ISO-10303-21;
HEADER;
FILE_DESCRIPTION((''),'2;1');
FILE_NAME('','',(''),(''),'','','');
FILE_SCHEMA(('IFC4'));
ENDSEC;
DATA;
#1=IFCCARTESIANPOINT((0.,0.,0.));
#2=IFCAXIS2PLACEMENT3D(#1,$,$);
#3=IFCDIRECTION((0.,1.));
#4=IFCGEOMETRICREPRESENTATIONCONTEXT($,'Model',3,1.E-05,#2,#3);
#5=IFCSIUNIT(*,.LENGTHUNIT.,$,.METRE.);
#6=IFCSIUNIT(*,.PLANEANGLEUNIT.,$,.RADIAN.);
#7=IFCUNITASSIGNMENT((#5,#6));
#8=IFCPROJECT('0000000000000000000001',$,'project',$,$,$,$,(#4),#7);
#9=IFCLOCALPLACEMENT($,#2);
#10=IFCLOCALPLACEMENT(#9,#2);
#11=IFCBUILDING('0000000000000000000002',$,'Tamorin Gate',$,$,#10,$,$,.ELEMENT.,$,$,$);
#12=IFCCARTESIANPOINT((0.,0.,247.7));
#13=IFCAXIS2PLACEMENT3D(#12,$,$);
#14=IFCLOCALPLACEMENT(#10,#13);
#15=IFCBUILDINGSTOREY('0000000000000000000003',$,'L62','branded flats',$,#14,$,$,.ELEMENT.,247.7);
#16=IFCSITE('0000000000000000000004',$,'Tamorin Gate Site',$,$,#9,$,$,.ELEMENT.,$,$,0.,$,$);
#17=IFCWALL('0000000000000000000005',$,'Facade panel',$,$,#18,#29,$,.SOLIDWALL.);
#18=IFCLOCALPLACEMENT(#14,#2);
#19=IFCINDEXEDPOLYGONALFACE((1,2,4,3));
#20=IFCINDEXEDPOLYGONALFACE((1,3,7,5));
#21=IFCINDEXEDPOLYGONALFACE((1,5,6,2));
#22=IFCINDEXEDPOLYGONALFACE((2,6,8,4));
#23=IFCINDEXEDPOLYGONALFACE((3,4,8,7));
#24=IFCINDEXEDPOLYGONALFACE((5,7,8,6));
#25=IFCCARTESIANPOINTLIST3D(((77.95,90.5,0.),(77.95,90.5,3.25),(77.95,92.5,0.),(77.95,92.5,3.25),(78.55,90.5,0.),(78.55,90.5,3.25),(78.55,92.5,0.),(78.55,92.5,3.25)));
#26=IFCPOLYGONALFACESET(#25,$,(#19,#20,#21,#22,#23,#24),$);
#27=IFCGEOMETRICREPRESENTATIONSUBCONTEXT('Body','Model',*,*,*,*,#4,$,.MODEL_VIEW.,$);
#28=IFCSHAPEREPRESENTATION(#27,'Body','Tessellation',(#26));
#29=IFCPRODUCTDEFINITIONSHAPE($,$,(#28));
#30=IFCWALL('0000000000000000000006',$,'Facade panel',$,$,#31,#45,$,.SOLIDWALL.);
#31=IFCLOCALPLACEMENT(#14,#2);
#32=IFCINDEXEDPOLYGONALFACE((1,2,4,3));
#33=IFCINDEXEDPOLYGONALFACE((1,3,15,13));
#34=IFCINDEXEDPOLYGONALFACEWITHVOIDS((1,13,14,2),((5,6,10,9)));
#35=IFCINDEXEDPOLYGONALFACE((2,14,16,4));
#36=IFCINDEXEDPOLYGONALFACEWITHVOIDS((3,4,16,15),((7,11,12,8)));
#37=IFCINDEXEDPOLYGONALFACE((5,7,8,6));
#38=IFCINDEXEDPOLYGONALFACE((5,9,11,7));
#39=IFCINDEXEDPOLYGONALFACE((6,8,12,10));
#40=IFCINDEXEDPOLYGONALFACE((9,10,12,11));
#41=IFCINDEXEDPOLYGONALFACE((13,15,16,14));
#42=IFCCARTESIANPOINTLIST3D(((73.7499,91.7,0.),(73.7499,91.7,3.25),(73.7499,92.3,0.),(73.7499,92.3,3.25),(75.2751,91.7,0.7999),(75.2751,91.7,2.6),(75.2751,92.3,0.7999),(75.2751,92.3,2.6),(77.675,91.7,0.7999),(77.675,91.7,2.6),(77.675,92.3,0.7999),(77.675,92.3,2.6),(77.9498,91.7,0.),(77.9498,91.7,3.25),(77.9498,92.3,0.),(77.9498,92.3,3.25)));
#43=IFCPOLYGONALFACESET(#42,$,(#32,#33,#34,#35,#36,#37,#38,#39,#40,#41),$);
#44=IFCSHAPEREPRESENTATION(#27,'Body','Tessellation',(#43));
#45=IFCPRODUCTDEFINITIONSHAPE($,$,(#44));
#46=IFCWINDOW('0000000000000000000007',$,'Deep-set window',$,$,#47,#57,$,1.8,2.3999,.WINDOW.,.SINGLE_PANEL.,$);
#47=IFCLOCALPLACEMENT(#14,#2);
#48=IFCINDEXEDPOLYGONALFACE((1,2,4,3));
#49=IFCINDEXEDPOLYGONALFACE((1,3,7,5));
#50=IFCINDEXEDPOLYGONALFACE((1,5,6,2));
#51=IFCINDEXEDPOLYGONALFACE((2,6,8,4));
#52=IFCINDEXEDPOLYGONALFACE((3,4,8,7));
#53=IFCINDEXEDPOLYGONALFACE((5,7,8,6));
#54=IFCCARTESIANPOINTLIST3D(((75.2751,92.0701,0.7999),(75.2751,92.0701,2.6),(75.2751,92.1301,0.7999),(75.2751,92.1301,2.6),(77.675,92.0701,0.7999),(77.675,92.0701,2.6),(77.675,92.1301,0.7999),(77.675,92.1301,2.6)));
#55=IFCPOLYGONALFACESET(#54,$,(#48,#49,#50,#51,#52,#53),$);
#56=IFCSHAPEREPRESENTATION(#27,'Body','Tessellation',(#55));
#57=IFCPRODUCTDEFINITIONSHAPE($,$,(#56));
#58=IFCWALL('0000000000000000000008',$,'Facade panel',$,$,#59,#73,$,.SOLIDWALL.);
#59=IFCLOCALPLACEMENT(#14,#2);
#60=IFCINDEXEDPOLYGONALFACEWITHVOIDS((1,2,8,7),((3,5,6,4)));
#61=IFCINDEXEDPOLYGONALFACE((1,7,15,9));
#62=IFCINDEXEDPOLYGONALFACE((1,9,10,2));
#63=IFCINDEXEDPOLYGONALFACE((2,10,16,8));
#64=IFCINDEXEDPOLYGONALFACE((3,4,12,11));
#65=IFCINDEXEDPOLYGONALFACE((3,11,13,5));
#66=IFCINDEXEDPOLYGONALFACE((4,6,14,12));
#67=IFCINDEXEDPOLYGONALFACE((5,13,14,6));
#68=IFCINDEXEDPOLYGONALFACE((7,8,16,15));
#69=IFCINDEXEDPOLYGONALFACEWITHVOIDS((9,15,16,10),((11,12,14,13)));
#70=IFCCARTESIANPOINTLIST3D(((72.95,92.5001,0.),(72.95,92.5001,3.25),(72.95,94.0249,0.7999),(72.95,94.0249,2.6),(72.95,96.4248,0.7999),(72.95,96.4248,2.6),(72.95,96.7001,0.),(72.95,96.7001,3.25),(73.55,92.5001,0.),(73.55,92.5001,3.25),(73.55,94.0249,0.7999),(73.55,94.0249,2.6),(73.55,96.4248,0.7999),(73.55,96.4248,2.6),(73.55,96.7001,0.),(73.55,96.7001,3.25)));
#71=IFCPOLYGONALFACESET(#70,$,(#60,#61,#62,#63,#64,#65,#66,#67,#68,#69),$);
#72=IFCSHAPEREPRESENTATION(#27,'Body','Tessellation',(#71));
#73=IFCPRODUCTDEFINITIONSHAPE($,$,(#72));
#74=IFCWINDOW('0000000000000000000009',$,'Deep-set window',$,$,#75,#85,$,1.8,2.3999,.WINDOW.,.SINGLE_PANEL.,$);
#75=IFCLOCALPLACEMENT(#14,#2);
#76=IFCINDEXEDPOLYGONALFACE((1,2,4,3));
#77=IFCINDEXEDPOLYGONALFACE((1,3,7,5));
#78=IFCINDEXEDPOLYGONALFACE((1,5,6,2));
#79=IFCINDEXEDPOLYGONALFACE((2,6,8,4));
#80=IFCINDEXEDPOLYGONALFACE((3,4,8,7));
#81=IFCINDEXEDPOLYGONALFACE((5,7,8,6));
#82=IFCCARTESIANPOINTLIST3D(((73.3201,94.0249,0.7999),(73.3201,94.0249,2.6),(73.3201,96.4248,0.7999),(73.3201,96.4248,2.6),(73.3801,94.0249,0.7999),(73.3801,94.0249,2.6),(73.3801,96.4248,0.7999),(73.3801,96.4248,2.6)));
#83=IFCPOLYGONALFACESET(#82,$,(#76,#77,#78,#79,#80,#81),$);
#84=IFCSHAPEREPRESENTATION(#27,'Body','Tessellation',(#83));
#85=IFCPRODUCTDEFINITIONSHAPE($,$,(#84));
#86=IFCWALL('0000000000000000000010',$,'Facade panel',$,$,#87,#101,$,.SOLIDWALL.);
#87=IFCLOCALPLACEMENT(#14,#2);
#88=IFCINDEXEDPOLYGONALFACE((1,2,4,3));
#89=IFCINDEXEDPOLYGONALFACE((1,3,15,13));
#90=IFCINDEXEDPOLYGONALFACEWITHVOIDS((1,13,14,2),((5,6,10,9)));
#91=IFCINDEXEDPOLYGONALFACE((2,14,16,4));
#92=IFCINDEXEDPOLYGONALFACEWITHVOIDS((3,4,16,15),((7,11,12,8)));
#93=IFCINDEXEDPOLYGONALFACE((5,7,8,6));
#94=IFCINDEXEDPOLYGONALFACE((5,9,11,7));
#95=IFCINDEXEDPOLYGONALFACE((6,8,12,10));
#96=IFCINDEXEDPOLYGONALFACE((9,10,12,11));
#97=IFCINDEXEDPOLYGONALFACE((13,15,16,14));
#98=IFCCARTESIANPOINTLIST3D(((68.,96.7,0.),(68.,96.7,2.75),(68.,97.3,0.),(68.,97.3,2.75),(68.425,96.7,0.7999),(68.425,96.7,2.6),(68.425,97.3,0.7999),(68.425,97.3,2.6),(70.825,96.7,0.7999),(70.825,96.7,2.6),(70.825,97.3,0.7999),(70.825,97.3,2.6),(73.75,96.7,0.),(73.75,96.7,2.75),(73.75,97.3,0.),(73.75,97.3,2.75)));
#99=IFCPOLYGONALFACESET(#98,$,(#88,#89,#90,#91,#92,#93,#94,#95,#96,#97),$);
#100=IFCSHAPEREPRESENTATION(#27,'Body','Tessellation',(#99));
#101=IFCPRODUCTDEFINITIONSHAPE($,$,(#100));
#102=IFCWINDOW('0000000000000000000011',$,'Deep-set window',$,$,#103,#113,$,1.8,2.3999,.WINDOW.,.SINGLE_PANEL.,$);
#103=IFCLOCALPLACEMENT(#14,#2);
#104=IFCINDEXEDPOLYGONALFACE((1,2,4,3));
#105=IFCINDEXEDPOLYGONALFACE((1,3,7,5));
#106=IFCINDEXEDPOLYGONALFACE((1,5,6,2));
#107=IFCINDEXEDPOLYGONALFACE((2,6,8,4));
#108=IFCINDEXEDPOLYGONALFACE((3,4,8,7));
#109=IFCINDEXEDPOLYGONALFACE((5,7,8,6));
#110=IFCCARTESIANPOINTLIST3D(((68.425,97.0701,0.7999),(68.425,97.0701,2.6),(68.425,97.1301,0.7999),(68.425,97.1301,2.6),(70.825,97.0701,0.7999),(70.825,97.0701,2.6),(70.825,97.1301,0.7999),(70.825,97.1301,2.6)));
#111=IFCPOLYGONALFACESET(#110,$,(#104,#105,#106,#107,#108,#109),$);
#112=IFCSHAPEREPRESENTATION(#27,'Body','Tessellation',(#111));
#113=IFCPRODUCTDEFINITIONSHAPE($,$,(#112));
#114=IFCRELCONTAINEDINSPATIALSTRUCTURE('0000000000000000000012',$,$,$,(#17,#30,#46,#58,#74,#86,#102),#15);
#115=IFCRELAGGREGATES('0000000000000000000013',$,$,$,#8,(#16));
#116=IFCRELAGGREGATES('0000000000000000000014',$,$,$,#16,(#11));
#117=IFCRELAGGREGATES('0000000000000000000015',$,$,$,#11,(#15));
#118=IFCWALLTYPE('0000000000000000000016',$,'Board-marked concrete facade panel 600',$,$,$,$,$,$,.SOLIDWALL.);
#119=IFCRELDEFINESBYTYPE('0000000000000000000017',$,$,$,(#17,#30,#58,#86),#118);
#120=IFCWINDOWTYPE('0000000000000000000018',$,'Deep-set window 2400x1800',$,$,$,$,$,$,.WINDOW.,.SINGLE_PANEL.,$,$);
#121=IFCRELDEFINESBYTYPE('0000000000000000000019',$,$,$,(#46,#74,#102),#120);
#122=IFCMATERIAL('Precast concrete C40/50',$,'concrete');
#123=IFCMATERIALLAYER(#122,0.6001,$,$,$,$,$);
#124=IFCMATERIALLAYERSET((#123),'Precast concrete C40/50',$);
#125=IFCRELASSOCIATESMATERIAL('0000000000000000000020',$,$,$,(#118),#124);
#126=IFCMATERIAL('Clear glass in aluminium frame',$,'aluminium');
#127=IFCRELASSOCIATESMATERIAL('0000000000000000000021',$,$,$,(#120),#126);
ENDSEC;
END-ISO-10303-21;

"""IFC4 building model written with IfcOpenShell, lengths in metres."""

from ifc_helpers import new_model, si_unit, direction, frame, frame_2d, origin, place, context, subcontext, project, spatial, rectangle, extrude, material, layer, layer_set, type_object, element, fill, save


model = new_model("IFC4")

# Units and contexts
model_context = context("Model", 3, precision=1e-05, world=origin(), true_north=direction((0.0, 1.0)))
body_context = subcontext(model_context, "Body", "Model", "MODEL_VIEW")
ifc_project = project(units=[si_unit("LENGTHUNIT", "METRE"), si_unit("PLANEANGLEUNIT", "RADIAN")], contexts=[model_context])

# Site, building, storey
site_placement = place(None, origin())
site = spatial("IfcSite", under=ifc_project, at=site_placement, Name="Tamorin Gate Site", CompositionType="ELEMENT", RefElevation=0.0)
building_placement = place(site_placement, origin())
building = spatial("IfcBuilding", under=site, at=building_placement, Name="Tamorin Gate", CompositionType="ELEMENT")
storey_placement = place(building_placement, frame((0.0, 0.0, 247.7)))
storey = spatial("IfcBuildingStorey", under=building, at=storey_placement, Name="L62", Description="branded flats", CompositionType="ELEMENT", Elevation=247.7)

# Shared definitions
ifc_material_1 = material(Name="Precast concrete C40/50", Category="concrete")
ifc_layer = layer(ifc_material_1, 0.6001)
ifc_layer_set = layer_set([ifc_layer], Name="Precast concrete C40/50")
wall_type = type_object("IfcWallType", Name="Board-marked concrete facade panel 600", PredefinedType="SOLIDWALL", material=ifc_layer_set)
ifc_material_2 = material(Name="Clear glass in aluminium frame", Category="aluminium")
window_type = type_object("IfcWindowType", Name="Deep-set window 2400x1800", PartitioningType="SINGLE_PANEL", PredefinedType="WINDOW", material=ifc_material_2)

# Wall
wall_1_placement = place(storey_placement, frame((78.25, 90.5, 0.0), z_axis=(0.0, 0.0, 1.0), x_axis=(0.0, 1.0, 0.0)))
element("IfcWall", 1, at=wall_1_placement, inside=storey, type_object=wall_type, Name="Facade panel", PredefinedType="SOLIDWALL", context=body_context, shape_type="SweptSolid", body=[
    extrude(rectangle(XDim=2.0, YDim=0.6001, at=frame_2d((1.0, 0.0))), origin(), (0.0, 0.0, 1.0), 3.25),
])

# Walls, openings, windows
wall_2_placement = place(storey_placement, frame((77.95, 92.0, 0.0), z_axis=(0.0, 0.0, 1.0), x_axis=(-1.0, 0.0, 0.0)))
wall_2 = element("IfcWall", 2, at=wall_2_placement, inside=storey, type_object=wall_type, Name="Facade panel", PredefinedType="SOLIDWALL", context=body_context, shape_type="SweptSolid", body=[
    extrude(rectangle(XDim=4.2, YDim=0.6001, at=frame_2d((2.1001, 0.0))), origin(), (0.0, 0.0, 1.0), 3.25),
])
opening_1_placement = place(wall_2_placement, frame((0.2749, 0.0, 0.8)))
opening_1 = element("IfcOpeningElement", 3, at=opening_1_placement, cuts=wall_2, PredefinedType="OPENING", context=body_context, shape_type="SweptSolid", body=[
    extrude(rectangle(XDim=2.3999, YDim=1.8, at=frame_2d((1.2, 0.8999))), frame((0.0, 0.3101, 0.0), z_axis=(0.0, -1.0, 0.0), x_axis=(1.0, 0.0, 0.0)), (0.0, 0.0, 1.0), 0.6201),
])
window_1_placement = place(opening_1_placement, origin())
window_1 = element("IfcWindow", 4, at=window_1_placement, inside=storey, type_object=window_type, Name="Deep-set window", OverallHeight=1.8, OverallWidth=2.3999, PartitioningType="SINGLE_PANEL", PredefinedType="WINDOW", context=body_context, shape_type="SweptSolid", body=[
    extrude(rectangle(XDim=2.3999, YDim=1.8, at=frame_2d((1.2, 0.8999))), frame((0.0, -0.0701, 0.0), z_axis=(0.0, -1.0, 0.0), x_axis=(1.0, 0.0, 0.0)), (0.0, 0.0, 1.0), 0.0601),
])
fill(opening_1, window_1)
wall_3_placement = place(storey_placement, frame((73.25, 92.5, 0.0), z_axis=(0.0, 0.0, 1.0), x_axis=(0.0, 1.0, 0.0)))
wall_3 = element("IfcWall", 5, at=wall_3_placement, inside=storey, type_object=wall_type, Name="Facade panel", PredefinedType="SOLIDWALL", context=body_context, shape_type="SweptSolid", body=[
    extrude(rectangle(XDim=4.2, YDim=0.6001, at=frame_2d((2.1001, 0.0))), origin(), (0.0, 0.0, 1.0), 3.25),
])
opening_2_placement = place(wall_3_placement, frame((1.5249, 0.0, 0.8)))
opening_2 = element("IfcOpeningElement", 6, at=opening_2_placement, cuts=wall_3, PredefinedType="OPENING", context=body_context, shape_type="SweptSolid", body=[
    extrude(rectangle(XDim=2.3999, YDim=1.8, at=frame_2d((1.2, 0.8999))), frame((0.0, 0.3101, 0.0), z_axis=(0.0, -1.0, 0.0), x_axis=(1.0, 0.0, 0.0)), (0.0, 0.0, 1.0), 0.6201),
])
window_2_placement = place(opening_2_placement, origin())
window_2 = element("IfcWindow", 7, at=window_2_placement, inside=storey, type_object=window_type, Name="Deep-set window", OverallHeight=1.8, OverallWidth=2.3999, PartitioningType="SINGLE_PANEL", PredefinedType="WINDOW", context=body_context, shape_type="SweptSolid", body=[
    extrude(rectangle(XDim=2.3999, YDim=1.8, at=frame_2d((1.2, 0.8999))), frame((0.0, -0.0701, 0.0), z_axis=(0.0, -1.0, 0.0), x_axis=(1.0, 0.0, 0.0)), (0.0, 0.0, 1.0), 0.0601),
])
fill(opening_2, window_2)
wall_4_placement = place(storey_placement, frame((73.75, 97.0, 0.0), z_axis=(0.0, 0.0, 1.0), x_axis=(-1.0, 0.0, 0.0)))
wall_4 = element("IfcWall", 8, at=wall_4_placement, inside=storey, type_object=wall_type, Name="Facade panel", PredefinedType="SOLIDWALL", context=body_context, shape_type="SweptSolid", body=[
    extrude(rectangle(XDim=5.75, YDim=0.6001, at=frame_2d((2.875, 0.0))), origin(), (0.0, 0.0, 1.0), 2.75),
])
opening_3_placement = place(wall_4_placement, frame((2.925, 0.0, 0.8)))
opening_3 = element("IfcOpeningElement", 9, at=opening_3_placement, cuts=wall_4, PredefinedType="OPENING", context=body_context, shape_type="SweptSolid", body=[
    extrude(rectangle(XDim=2.3999, YDim=1.8, at=frame_2d((1.2, 0.8999))), frame((0.0, 0.3101, 0.0), z_axis=(0.0, -1.0, 0.0), x_axis=(1.0, 0.0, 0.0)), (0.0, 0.0, 1.0), 0.6201),
])
window_3_placement = place(opening_3_placement, origin())
window_3 = element("IfcWindow", 10, at=window_3_placement, inside=storey, type_object=window_type, Name="Deep-set window", OverallHeight=1.8, OverallWidth=2.3999, PartitioningType="SINGLE_PANEL", PredefinedType="WINDOW", context=body_context, shape_type="SweptSolid", body=[
    extrude(rectangle(XDim=2.3999, YDim=1.8, at=frame_2d((1.2, 0.8999))), frame((0.0, -0.0701, 0.0), z_axis=(0.0, -1.0, 0.0), x_axis=(1.0, 0.0, 0.0)), (0.0, 0.0, 1.0), 0.0601),
])
fill(opening_3, window_3)

save(model, "model.ifc")
